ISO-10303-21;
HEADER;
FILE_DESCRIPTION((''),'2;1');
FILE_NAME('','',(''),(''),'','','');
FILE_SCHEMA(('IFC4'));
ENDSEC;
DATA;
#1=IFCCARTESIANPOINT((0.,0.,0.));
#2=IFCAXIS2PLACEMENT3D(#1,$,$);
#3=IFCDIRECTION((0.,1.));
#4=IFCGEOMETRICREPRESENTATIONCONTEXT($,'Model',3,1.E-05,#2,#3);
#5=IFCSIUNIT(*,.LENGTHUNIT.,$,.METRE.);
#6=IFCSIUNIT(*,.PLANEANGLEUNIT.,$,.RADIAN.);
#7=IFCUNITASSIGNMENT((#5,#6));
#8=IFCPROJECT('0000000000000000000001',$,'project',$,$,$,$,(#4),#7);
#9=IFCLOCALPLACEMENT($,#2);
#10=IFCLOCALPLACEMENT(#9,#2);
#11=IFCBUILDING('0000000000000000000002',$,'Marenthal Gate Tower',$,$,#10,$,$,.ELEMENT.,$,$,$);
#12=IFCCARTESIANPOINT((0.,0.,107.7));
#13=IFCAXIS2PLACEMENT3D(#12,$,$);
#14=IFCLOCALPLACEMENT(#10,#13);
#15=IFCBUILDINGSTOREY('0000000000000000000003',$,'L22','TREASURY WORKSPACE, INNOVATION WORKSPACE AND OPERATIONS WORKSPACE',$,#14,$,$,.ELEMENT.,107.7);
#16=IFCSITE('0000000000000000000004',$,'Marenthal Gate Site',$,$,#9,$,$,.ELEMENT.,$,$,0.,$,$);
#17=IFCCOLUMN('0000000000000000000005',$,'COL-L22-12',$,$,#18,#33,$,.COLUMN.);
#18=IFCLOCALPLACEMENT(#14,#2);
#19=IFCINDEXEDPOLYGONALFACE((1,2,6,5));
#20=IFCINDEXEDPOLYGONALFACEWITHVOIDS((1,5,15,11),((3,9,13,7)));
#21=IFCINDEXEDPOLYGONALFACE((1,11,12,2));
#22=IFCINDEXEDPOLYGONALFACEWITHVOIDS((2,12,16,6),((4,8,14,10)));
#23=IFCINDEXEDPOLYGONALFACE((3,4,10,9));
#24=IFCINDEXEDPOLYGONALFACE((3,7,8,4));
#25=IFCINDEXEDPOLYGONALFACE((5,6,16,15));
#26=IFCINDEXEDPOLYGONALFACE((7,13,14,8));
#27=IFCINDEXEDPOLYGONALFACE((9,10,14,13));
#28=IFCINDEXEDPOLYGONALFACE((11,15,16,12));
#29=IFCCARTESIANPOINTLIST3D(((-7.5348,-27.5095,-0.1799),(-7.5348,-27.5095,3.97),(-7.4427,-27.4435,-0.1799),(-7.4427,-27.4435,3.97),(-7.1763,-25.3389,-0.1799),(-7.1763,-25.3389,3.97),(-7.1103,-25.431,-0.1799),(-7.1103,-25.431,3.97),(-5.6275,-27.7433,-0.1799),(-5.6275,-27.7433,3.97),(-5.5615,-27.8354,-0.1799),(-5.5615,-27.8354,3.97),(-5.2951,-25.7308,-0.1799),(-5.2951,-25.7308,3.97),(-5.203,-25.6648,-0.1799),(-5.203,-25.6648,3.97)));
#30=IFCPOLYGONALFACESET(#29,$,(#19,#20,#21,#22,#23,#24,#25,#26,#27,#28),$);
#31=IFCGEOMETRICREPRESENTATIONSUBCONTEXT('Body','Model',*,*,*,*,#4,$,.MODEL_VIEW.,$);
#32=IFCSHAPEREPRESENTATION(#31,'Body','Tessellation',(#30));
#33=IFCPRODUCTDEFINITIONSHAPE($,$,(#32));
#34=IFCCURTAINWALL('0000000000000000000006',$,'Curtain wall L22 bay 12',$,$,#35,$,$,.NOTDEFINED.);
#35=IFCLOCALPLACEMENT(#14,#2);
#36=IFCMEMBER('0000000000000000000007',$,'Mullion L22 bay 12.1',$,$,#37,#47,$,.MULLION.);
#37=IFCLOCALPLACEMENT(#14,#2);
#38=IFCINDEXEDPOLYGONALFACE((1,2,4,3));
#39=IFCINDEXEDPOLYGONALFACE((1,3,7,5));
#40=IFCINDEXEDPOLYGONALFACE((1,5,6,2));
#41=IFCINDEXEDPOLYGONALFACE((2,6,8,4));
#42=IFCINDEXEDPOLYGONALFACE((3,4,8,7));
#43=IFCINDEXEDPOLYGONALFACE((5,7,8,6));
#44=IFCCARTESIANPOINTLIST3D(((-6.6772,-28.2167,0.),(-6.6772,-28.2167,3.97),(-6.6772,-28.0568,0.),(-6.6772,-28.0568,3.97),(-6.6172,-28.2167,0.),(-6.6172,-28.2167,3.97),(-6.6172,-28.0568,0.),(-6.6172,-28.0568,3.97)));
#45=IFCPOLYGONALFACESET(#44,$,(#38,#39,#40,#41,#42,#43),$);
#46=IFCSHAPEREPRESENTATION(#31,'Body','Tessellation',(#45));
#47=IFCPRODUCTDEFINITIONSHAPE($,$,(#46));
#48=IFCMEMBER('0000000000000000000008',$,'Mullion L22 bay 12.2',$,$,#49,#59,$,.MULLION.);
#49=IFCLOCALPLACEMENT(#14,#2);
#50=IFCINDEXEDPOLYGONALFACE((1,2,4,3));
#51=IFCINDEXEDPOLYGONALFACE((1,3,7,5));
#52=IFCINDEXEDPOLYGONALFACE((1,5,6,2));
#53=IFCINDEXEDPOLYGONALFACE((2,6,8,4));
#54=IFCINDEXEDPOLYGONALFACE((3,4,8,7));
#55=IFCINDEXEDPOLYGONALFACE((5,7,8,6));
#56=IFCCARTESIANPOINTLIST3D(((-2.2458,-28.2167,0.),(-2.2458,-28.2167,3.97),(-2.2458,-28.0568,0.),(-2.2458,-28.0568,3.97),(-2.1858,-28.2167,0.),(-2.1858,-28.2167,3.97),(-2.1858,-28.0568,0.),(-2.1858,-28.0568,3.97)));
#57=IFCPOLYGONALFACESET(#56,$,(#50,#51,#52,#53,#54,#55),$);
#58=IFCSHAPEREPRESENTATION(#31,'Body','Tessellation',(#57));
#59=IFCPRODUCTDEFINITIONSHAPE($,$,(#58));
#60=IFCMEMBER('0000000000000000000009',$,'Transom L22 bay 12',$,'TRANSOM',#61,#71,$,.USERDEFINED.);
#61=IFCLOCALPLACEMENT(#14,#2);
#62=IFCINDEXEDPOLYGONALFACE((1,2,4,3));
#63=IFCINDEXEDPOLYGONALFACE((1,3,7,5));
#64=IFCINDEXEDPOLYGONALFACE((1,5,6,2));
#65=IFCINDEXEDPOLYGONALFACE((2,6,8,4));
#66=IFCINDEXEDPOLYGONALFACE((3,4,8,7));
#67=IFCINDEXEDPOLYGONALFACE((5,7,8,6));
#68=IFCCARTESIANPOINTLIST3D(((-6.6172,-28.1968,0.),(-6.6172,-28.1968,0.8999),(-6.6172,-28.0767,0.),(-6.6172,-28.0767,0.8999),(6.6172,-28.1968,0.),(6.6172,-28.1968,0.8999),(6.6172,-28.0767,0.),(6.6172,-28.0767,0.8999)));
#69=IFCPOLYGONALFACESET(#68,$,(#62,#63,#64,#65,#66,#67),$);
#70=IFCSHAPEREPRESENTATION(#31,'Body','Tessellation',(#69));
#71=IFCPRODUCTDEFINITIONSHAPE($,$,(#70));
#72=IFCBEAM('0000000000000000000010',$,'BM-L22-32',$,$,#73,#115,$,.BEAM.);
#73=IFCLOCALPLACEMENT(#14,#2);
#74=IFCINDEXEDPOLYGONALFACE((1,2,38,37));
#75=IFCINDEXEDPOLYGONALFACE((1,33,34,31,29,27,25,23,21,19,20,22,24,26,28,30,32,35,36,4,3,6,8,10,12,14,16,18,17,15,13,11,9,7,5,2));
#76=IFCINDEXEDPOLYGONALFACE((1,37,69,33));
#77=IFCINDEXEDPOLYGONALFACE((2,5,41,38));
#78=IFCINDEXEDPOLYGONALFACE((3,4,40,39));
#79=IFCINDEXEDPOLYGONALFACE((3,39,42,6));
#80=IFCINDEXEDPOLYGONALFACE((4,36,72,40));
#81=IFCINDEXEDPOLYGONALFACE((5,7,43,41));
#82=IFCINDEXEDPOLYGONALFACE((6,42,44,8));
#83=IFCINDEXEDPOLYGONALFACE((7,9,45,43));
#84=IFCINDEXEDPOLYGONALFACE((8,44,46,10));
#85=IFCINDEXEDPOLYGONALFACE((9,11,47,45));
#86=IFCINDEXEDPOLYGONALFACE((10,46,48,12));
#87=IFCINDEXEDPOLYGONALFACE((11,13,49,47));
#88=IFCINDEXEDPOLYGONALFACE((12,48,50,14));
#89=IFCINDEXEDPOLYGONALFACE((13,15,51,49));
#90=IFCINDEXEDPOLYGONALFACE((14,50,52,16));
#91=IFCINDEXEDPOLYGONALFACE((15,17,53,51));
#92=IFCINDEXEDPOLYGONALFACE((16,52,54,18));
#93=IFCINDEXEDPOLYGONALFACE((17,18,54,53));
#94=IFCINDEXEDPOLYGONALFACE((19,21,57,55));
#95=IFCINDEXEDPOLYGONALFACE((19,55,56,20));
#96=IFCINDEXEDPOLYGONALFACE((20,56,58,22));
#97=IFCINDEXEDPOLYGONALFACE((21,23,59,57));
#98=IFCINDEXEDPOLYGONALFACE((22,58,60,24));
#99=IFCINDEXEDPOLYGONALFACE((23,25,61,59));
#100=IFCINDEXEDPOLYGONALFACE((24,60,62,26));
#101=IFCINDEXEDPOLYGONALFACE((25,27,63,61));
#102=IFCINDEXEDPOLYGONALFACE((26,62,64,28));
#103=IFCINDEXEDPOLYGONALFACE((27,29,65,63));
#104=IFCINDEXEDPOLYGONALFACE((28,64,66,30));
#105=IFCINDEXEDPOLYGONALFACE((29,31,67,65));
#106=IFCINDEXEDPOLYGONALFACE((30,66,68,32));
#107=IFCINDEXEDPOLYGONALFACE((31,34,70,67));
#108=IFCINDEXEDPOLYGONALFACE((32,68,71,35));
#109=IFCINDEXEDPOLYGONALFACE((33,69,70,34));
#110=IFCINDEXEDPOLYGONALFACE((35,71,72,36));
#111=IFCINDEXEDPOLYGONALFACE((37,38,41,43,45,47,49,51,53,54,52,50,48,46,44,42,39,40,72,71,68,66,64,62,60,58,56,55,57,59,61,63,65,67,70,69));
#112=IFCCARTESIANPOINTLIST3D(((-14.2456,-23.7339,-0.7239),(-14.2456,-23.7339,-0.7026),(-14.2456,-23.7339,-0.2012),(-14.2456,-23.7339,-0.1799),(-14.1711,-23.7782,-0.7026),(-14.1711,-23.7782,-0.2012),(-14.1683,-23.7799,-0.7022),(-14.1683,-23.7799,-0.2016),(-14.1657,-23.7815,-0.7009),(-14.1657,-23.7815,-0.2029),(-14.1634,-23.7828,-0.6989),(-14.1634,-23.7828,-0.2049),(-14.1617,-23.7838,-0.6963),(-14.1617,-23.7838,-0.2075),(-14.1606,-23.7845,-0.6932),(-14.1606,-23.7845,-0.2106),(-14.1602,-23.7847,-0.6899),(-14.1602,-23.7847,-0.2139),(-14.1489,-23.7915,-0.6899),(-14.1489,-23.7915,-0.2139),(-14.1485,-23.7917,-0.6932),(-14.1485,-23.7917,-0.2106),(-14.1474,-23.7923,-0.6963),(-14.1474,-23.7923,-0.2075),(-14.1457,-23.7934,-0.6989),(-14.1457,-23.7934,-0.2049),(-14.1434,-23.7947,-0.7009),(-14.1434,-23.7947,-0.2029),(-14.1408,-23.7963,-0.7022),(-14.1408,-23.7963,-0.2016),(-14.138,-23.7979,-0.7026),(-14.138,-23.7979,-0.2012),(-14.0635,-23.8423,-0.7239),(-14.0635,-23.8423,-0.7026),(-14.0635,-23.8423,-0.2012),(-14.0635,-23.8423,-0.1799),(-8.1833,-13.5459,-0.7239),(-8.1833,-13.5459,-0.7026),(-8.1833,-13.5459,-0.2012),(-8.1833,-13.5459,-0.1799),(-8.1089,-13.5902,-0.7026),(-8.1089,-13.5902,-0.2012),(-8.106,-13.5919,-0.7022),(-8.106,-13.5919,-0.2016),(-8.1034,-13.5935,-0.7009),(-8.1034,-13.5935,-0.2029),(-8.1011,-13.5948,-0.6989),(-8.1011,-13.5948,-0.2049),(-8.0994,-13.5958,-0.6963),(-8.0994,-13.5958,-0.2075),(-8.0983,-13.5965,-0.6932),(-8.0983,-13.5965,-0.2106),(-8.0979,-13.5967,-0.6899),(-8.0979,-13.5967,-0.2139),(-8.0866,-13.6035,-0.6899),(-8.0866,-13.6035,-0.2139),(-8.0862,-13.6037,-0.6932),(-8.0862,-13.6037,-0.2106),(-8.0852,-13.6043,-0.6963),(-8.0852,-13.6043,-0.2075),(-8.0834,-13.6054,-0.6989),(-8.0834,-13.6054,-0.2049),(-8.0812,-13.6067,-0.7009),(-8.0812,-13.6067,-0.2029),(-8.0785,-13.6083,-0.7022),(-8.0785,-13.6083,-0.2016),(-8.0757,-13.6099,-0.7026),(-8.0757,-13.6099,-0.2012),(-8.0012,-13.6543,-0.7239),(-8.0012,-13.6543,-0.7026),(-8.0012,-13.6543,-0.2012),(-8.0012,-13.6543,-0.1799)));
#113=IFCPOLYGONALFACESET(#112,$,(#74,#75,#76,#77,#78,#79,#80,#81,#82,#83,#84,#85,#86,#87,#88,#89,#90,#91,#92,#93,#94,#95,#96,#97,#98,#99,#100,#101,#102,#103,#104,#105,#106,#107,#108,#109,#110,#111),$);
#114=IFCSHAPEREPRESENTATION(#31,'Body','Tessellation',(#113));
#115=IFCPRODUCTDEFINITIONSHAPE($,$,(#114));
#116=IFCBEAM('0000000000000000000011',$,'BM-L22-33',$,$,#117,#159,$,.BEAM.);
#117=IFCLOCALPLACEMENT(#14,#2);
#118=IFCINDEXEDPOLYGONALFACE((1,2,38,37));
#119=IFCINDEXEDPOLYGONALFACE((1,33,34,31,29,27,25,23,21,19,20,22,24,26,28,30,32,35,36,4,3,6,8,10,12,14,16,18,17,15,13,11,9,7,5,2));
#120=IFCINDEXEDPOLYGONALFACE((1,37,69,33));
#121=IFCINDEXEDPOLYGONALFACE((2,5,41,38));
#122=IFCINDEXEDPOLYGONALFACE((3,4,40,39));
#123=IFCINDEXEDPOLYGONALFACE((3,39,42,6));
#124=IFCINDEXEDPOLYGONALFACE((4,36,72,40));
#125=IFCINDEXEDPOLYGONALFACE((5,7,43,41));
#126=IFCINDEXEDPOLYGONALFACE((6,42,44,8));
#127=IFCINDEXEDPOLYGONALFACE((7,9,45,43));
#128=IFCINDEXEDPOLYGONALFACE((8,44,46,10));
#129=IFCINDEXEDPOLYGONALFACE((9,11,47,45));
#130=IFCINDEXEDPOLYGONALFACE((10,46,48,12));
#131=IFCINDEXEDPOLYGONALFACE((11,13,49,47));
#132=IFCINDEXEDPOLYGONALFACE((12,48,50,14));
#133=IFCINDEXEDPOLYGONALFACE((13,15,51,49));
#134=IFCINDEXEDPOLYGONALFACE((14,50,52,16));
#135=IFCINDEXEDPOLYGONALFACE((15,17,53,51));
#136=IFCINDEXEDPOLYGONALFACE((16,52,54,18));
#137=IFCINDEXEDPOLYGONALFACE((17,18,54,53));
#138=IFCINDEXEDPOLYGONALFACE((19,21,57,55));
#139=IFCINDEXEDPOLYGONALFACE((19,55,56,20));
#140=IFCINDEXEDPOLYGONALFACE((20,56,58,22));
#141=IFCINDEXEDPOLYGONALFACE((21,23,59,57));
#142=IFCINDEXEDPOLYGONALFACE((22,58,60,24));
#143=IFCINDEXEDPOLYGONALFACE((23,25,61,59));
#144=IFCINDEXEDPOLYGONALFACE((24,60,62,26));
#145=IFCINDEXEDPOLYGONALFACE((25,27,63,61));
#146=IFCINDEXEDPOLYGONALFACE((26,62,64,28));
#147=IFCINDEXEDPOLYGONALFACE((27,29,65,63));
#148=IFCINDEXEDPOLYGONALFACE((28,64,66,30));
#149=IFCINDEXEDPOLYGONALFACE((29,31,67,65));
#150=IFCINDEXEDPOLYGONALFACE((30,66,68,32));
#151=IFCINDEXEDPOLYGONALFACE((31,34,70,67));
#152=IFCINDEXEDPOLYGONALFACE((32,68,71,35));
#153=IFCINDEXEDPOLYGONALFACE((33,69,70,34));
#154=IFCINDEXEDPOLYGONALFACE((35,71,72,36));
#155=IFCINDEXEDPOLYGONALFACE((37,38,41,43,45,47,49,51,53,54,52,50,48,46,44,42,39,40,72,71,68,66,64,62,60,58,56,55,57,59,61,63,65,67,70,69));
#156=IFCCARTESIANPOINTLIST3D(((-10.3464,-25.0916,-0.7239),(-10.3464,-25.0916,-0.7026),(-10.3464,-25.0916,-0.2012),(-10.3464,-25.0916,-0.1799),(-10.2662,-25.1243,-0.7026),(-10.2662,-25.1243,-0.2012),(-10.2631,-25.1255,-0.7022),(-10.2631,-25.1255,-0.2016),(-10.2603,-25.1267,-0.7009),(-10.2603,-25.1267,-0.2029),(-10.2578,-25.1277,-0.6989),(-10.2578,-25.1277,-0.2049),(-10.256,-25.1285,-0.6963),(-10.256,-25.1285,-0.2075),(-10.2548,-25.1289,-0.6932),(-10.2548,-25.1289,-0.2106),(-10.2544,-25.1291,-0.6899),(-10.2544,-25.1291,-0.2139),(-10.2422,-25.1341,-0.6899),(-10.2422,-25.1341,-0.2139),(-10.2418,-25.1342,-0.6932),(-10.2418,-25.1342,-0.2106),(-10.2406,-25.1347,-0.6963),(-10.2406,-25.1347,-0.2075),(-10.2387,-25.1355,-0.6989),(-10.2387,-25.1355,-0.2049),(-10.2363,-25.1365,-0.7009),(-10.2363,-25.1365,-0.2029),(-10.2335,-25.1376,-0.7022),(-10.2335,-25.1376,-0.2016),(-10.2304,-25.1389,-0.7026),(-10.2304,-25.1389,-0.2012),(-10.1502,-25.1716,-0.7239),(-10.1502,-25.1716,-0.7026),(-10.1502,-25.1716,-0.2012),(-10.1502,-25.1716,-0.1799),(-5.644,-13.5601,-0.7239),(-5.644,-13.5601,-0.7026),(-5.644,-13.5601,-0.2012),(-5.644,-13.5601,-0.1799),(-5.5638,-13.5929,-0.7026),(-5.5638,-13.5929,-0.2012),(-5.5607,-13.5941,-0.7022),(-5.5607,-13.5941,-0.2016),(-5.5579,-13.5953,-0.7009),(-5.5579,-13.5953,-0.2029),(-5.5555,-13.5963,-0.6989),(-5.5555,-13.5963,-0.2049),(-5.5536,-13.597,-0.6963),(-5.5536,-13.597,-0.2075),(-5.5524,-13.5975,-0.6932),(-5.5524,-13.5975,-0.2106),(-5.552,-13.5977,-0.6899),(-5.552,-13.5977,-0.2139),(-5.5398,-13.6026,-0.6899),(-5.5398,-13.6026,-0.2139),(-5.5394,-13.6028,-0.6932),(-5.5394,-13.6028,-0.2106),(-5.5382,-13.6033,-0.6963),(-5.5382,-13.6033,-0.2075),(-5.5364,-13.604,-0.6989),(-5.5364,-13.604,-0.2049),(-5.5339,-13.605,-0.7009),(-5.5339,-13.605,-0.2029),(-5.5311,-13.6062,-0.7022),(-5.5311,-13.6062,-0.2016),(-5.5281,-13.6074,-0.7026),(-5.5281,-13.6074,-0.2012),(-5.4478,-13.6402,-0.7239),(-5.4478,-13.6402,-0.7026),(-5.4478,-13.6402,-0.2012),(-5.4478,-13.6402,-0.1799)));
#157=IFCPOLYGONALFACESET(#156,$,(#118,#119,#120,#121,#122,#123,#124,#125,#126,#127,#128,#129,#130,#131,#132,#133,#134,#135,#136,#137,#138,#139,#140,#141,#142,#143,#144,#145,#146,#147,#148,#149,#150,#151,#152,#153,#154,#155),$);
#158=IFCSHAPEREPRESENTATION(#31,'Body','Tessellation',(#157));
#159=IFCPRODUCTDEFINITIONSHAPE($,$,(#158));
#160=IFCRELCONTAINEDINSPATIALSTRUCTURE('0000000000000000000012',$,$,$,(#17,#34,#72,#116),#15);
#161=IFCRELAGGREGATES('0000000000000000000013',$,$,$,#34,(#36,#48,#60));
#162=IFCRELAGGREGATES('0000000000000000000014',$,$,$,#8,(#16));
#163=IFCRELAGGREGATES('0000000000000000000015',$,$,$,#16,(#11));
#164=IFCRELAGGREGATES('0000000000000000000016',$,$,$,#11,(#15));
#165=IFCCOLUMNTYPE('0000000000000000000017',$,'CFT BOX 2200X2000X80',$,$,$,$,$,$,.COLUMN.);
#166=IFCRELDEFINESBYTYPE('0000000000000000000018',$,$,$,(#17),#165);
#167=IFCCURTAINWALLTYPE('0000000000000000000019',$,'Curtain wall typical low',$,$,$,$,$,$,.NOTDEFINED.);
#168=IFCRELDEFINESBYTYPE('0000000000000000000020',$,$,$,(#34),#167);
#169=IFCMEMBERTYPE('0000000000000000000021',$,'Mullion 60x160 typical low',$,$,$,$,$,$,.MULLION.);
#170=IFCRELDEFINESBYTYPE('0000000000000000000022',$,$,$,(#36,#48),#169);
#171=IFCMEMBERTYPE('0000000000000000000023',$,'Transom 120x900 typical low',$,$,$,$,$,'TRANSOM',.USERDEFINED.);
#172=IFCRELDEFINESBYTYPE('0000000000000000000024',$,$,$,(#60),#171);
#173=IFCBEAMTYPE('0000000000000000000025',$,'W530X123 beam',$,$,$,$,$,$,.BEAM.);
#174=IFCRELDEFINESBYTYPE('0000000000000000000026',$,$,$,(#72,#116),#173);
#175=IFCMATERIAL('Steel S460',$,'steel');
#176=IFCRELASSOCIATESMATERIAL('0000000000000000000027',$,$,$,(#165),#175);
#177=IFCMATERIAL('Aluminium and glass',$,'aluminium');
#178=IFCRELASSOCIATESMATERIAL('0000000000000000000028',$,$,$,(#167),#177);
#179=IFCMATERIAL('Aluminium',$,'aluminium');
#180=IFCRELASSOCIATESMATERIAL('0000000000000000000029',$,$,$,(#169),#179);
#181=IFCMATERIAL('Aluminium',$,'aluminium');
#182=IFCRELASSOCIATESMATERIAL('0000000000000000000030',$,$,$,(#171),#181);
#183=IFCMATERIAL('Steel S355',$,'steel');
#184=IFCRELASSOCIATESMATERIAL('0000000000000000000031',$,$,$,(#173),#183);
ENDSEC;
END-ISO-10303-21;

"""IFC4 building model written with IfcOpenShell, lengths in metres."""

from ifc_helpers import new_model, si_unit, direction, frame, origin, origin_2d, place, context, subcontext, project, spatial, rectangle, hollow_rectangle, i_section, extrude, material, material_profile, profile_set, type_object, element, aggregate, save


model = new_model("IFC4")

# Units and contexts
model_context = context("Model", 3, precision=1e-05, world=origin(), true_north=direction((0.0, 1.0)))
body_context = subcontext(model_context, "Body", "Model", "MODEL_VIEW")
ifc_project = project(units=[si_unit("LENGTHUNIT", "METRE"), si_unit("PLANEANGLEUNIT", "RADIAN")], contexts=[model_context])

# Site, building, storey
site_placement = place(None, origin())
site = spatial("IfcSite", under=ifc_project, at=site_placement, Name="Marenthal Gate Site", CompositionType="ELEMENT", RefElevation=0.0)
building_placement = place(site_placement, origin())
building = spatial("IfcBuilding", under=site, at=building_placement, Name="Marenthal Gate Tower", CompositionType="ELEMENT")
storey_placement = place(building_placement, frame((0.0, 0.0, 107.7)))
storey = spatial("IfcBuildingStorey", under=building, at=storey_placement, Name="L22", Description="TREASURY WORKSPACE, INNOVATION WORKSPACE AND OPERATIONS WORKSPACE", CompositionType="ELEMENT", Elevation=107.7)

# Column
ifc_material_1 = material(Name="Steel S460", Category="steel")
ifc_material_profile_1 = material_profile(ifc_material_1, hollow_rectangle(XDim=2.0, YDim=2.2, WallThickness=0.0801, at=origin_2d()), Name="CFT BOX 2200X2000X80")
ifc_material_2 = material(Name="Concrete 70 MPa", Category="concrete")
ifc_material_profile_2 = material_profile(ifc_material_2, rectangle(XDim=1.8401, YDim=2.04, at=origin_2d()), Name="CFT BOX 2200X2000X80 INFILL")
ifc_profile_set_1 = profile_set([ifc_material_profile_1, ifc_material_profile_2], Name="Steel S460 shell, Concrete 70 MPa infill")
column_type = type_object("IfcColumnType", Name="CFT BOX 2200X2000X80", PredefinedType="COLUMN", material=ifc_profile_set_1)
column_placement = place(storey_placement, frame((-6.3689, -26.5872, -0.1799), z_axis=(0.0, 0.0, 1.0), x_axis=(-0.986633, 0.162961, 0.0)))
element("IfcColumn", 1, at=column_placement, inside=storey, type_object=column_type, Name="COL-L22-12", PredefinedType="COLUMN", context=body_context, shape_type="SweptSolid", body=[
    extrude(hollow_rectangle(XDim=2.0, YDim=2.2, WallThickness=0.0801, at=origin_2d()), origin(), (0.0, 0.0, 1.0), 4.1499),
])

# Curtain wall, members
ifc_material_3 = material(Name="Aluminium and glass", Category="aluminium")
curtain_wall_type = type_object("IfcCurtainWallType", Name="Curtain wall typical low", PredefinedType="NOTDEFINED", material=ifc_material_3)
curtain_wall_placement = place(storey_placement, origin())
curtain_wall = element("IfcCurtainWall", 2, at=curtain_wall_placement, inside=storey, type_object=curtain_wall_type, Name="Curtain wall L22 bay 12", PredefinedType="NOTDEFINED")
ifc_material_4 = material(Name="Aluminium", Category="aluminium")
ifc_material_profile_3 = material_profile(ifc_material_4, rectangle(XDim=0.1599, YDim=0.0601, at=origin_2d()), Name="60x160 aluminium mullion")
ifc_profile_set_2 = profile_set([ifc_material_profile_3], Name="Aluminium")
member_type_1 = type_object("IfcMemberType", Name="Mullion 60x160 typical low", PredefinedType="MULLION", material=ifc_profile_set_2)
member_1_placement = place(storey_placement, frame((-6.6472, -28.1367, 0.0), z_axis=(0.0, 0.0, 1.0), x_axis=(0.0, 1.0, 0.0)))
member_1 = element("IfcMember", 3, at=member_1_placement, type_object=member_type_1, Name="Mullion L22 bay 12.1", PredefinedType="MULLION", context=body_context, shape_type="SweptSolid", body=[
    extrude(rectangle(XDim=0.1599, YDim=0.0601, at=origin_2d()), origin(), (0.0, 0.0, 1.0), 3.97),
])
member_2_placement = place(storey_placement, frame((-2.2158, -28.1367, 0.0), z_axis=(0.0, 0.0, 1.0), x_axis=(0.0, 1.0, 0.0)))
member_2 = element("IfcMember", 4, at=member_2_placement, type_object=member_type_1, Name="Mullion L22 bay 12.2", PredefinedType="MULLION", context=body_context, shape_type="SweptSolid", body=[
    extrude(rectangle(XDim=0.1599, YDim=0.0601, at=origin_2d()), origin(), (0.0, 0.0, 1.0), 3.97),
])
ifc_material_5 = material(Name="Aluminium", Category="aluminium")
ifc_material_profile_4 = material_profile(ifc_material_5, rectangle(XDim=0.1201, YDim=0.8999, at=origin_2d()), Name="120x900 aluminium transom")
ifc_profile_set_3 = profile_set([ifc_material_profile_4], Name="Aluminium")
member_type_2 = type_object("IfcMemberType", Name="Transom 120x900 typical low", ElementType="TRANSOM", PredefinedType="USERDEFINED", material=ifc_profile_set_3)
member_3_placement = place(storey_placement, frame((-6.6172, -28.1367, 0.45), z_axis=(1.0, 0.0, 0.0), x_axis=(0.0, 1.0, 0.0)))
member_3 = element("IfcMember", 5, at=member_3_placement, type_object=member_type_2, Name="Transom L22 bay 12", ObjectType="TRANSOM", PredefinedType="USERDEFINED", context=body_context, shape_type="SweptSolid", body=[
    extrude(rectangle(XDim=0.1201, YDim=0.8999, at=origin_2d()), origin(), (0.0, 0.0, 1.0), 13.2344),
])

# Beams
ifc_material_6 = material(Name="Steel S355", Category="steel")
ifc_material_profile_5 = material_profile(ifc_material_6, i_section(OverallWidth=0.2119, OverallDepth=0.5439, WebThickness=0.0132, FlangeThickness=0.0212, FilletRadius=0.0127, at=origin_2d()), Name="W530X123")
ifc_profile_set_4 = profile_set([ifc_material_profile_5], Name="Steel S355")
beam_type_1 = type_object("IfcBeamType", Name="W530X123 beam", PredefinedType="BEAM", material=ifc_profile_set_4)
beam_1_placement = place(storey_placement, frame((-14.1545, -23.7881, -0.4519), z_axis=(0.511358, 0.859368, 0.0), x_axis=(-0.859368, 0.511358, 0.0)))
element("IfcBeam", 6, at=beam_1_placement, inside=storey, type_object=beam_type_1, Name="BM-L22-32", PredefinedType="BEAM", context=body_context, shape_type="SweptSolid", body=[
    extrude(i_section(OverallWidth=0.2119, OverallDepth=0.5439, WebThickness=0.0132, FlangeThickness=0.0212, FilletRadius=0.0127, at=origin_2d()), origin(), (0.0, 0.0, 1.0), 11.8552),
])
beam_2_placement = place(storey_placement, frame((-10.2483, -25.1316, -0.4519), z_axis=(0.377598, 0.92597, 0.0), x_axis=(-0.92597, 0.377598, 0.0)))
element("IfcBeam", 7, at=beam_2_placement, inside=storey, type_object=beam_type_1, Name="BM-L22-33", PredefinedType="BEAM", context=body_context, shape_type="SweptSolid", body=[
    extrude(i_section(OverallWidth=0.2119, OverallDepth=0.5439, WebThickness=0.0132, FlangeThickness=0.0212, FilletRadius=0.0127, at=origin_2d()), origin(), (0.0, 0.0, 1.0), 12.4534),
])

aggregate(curtain_wall, [member_1, member_2, member_3])

save(model, "model.ifc")
